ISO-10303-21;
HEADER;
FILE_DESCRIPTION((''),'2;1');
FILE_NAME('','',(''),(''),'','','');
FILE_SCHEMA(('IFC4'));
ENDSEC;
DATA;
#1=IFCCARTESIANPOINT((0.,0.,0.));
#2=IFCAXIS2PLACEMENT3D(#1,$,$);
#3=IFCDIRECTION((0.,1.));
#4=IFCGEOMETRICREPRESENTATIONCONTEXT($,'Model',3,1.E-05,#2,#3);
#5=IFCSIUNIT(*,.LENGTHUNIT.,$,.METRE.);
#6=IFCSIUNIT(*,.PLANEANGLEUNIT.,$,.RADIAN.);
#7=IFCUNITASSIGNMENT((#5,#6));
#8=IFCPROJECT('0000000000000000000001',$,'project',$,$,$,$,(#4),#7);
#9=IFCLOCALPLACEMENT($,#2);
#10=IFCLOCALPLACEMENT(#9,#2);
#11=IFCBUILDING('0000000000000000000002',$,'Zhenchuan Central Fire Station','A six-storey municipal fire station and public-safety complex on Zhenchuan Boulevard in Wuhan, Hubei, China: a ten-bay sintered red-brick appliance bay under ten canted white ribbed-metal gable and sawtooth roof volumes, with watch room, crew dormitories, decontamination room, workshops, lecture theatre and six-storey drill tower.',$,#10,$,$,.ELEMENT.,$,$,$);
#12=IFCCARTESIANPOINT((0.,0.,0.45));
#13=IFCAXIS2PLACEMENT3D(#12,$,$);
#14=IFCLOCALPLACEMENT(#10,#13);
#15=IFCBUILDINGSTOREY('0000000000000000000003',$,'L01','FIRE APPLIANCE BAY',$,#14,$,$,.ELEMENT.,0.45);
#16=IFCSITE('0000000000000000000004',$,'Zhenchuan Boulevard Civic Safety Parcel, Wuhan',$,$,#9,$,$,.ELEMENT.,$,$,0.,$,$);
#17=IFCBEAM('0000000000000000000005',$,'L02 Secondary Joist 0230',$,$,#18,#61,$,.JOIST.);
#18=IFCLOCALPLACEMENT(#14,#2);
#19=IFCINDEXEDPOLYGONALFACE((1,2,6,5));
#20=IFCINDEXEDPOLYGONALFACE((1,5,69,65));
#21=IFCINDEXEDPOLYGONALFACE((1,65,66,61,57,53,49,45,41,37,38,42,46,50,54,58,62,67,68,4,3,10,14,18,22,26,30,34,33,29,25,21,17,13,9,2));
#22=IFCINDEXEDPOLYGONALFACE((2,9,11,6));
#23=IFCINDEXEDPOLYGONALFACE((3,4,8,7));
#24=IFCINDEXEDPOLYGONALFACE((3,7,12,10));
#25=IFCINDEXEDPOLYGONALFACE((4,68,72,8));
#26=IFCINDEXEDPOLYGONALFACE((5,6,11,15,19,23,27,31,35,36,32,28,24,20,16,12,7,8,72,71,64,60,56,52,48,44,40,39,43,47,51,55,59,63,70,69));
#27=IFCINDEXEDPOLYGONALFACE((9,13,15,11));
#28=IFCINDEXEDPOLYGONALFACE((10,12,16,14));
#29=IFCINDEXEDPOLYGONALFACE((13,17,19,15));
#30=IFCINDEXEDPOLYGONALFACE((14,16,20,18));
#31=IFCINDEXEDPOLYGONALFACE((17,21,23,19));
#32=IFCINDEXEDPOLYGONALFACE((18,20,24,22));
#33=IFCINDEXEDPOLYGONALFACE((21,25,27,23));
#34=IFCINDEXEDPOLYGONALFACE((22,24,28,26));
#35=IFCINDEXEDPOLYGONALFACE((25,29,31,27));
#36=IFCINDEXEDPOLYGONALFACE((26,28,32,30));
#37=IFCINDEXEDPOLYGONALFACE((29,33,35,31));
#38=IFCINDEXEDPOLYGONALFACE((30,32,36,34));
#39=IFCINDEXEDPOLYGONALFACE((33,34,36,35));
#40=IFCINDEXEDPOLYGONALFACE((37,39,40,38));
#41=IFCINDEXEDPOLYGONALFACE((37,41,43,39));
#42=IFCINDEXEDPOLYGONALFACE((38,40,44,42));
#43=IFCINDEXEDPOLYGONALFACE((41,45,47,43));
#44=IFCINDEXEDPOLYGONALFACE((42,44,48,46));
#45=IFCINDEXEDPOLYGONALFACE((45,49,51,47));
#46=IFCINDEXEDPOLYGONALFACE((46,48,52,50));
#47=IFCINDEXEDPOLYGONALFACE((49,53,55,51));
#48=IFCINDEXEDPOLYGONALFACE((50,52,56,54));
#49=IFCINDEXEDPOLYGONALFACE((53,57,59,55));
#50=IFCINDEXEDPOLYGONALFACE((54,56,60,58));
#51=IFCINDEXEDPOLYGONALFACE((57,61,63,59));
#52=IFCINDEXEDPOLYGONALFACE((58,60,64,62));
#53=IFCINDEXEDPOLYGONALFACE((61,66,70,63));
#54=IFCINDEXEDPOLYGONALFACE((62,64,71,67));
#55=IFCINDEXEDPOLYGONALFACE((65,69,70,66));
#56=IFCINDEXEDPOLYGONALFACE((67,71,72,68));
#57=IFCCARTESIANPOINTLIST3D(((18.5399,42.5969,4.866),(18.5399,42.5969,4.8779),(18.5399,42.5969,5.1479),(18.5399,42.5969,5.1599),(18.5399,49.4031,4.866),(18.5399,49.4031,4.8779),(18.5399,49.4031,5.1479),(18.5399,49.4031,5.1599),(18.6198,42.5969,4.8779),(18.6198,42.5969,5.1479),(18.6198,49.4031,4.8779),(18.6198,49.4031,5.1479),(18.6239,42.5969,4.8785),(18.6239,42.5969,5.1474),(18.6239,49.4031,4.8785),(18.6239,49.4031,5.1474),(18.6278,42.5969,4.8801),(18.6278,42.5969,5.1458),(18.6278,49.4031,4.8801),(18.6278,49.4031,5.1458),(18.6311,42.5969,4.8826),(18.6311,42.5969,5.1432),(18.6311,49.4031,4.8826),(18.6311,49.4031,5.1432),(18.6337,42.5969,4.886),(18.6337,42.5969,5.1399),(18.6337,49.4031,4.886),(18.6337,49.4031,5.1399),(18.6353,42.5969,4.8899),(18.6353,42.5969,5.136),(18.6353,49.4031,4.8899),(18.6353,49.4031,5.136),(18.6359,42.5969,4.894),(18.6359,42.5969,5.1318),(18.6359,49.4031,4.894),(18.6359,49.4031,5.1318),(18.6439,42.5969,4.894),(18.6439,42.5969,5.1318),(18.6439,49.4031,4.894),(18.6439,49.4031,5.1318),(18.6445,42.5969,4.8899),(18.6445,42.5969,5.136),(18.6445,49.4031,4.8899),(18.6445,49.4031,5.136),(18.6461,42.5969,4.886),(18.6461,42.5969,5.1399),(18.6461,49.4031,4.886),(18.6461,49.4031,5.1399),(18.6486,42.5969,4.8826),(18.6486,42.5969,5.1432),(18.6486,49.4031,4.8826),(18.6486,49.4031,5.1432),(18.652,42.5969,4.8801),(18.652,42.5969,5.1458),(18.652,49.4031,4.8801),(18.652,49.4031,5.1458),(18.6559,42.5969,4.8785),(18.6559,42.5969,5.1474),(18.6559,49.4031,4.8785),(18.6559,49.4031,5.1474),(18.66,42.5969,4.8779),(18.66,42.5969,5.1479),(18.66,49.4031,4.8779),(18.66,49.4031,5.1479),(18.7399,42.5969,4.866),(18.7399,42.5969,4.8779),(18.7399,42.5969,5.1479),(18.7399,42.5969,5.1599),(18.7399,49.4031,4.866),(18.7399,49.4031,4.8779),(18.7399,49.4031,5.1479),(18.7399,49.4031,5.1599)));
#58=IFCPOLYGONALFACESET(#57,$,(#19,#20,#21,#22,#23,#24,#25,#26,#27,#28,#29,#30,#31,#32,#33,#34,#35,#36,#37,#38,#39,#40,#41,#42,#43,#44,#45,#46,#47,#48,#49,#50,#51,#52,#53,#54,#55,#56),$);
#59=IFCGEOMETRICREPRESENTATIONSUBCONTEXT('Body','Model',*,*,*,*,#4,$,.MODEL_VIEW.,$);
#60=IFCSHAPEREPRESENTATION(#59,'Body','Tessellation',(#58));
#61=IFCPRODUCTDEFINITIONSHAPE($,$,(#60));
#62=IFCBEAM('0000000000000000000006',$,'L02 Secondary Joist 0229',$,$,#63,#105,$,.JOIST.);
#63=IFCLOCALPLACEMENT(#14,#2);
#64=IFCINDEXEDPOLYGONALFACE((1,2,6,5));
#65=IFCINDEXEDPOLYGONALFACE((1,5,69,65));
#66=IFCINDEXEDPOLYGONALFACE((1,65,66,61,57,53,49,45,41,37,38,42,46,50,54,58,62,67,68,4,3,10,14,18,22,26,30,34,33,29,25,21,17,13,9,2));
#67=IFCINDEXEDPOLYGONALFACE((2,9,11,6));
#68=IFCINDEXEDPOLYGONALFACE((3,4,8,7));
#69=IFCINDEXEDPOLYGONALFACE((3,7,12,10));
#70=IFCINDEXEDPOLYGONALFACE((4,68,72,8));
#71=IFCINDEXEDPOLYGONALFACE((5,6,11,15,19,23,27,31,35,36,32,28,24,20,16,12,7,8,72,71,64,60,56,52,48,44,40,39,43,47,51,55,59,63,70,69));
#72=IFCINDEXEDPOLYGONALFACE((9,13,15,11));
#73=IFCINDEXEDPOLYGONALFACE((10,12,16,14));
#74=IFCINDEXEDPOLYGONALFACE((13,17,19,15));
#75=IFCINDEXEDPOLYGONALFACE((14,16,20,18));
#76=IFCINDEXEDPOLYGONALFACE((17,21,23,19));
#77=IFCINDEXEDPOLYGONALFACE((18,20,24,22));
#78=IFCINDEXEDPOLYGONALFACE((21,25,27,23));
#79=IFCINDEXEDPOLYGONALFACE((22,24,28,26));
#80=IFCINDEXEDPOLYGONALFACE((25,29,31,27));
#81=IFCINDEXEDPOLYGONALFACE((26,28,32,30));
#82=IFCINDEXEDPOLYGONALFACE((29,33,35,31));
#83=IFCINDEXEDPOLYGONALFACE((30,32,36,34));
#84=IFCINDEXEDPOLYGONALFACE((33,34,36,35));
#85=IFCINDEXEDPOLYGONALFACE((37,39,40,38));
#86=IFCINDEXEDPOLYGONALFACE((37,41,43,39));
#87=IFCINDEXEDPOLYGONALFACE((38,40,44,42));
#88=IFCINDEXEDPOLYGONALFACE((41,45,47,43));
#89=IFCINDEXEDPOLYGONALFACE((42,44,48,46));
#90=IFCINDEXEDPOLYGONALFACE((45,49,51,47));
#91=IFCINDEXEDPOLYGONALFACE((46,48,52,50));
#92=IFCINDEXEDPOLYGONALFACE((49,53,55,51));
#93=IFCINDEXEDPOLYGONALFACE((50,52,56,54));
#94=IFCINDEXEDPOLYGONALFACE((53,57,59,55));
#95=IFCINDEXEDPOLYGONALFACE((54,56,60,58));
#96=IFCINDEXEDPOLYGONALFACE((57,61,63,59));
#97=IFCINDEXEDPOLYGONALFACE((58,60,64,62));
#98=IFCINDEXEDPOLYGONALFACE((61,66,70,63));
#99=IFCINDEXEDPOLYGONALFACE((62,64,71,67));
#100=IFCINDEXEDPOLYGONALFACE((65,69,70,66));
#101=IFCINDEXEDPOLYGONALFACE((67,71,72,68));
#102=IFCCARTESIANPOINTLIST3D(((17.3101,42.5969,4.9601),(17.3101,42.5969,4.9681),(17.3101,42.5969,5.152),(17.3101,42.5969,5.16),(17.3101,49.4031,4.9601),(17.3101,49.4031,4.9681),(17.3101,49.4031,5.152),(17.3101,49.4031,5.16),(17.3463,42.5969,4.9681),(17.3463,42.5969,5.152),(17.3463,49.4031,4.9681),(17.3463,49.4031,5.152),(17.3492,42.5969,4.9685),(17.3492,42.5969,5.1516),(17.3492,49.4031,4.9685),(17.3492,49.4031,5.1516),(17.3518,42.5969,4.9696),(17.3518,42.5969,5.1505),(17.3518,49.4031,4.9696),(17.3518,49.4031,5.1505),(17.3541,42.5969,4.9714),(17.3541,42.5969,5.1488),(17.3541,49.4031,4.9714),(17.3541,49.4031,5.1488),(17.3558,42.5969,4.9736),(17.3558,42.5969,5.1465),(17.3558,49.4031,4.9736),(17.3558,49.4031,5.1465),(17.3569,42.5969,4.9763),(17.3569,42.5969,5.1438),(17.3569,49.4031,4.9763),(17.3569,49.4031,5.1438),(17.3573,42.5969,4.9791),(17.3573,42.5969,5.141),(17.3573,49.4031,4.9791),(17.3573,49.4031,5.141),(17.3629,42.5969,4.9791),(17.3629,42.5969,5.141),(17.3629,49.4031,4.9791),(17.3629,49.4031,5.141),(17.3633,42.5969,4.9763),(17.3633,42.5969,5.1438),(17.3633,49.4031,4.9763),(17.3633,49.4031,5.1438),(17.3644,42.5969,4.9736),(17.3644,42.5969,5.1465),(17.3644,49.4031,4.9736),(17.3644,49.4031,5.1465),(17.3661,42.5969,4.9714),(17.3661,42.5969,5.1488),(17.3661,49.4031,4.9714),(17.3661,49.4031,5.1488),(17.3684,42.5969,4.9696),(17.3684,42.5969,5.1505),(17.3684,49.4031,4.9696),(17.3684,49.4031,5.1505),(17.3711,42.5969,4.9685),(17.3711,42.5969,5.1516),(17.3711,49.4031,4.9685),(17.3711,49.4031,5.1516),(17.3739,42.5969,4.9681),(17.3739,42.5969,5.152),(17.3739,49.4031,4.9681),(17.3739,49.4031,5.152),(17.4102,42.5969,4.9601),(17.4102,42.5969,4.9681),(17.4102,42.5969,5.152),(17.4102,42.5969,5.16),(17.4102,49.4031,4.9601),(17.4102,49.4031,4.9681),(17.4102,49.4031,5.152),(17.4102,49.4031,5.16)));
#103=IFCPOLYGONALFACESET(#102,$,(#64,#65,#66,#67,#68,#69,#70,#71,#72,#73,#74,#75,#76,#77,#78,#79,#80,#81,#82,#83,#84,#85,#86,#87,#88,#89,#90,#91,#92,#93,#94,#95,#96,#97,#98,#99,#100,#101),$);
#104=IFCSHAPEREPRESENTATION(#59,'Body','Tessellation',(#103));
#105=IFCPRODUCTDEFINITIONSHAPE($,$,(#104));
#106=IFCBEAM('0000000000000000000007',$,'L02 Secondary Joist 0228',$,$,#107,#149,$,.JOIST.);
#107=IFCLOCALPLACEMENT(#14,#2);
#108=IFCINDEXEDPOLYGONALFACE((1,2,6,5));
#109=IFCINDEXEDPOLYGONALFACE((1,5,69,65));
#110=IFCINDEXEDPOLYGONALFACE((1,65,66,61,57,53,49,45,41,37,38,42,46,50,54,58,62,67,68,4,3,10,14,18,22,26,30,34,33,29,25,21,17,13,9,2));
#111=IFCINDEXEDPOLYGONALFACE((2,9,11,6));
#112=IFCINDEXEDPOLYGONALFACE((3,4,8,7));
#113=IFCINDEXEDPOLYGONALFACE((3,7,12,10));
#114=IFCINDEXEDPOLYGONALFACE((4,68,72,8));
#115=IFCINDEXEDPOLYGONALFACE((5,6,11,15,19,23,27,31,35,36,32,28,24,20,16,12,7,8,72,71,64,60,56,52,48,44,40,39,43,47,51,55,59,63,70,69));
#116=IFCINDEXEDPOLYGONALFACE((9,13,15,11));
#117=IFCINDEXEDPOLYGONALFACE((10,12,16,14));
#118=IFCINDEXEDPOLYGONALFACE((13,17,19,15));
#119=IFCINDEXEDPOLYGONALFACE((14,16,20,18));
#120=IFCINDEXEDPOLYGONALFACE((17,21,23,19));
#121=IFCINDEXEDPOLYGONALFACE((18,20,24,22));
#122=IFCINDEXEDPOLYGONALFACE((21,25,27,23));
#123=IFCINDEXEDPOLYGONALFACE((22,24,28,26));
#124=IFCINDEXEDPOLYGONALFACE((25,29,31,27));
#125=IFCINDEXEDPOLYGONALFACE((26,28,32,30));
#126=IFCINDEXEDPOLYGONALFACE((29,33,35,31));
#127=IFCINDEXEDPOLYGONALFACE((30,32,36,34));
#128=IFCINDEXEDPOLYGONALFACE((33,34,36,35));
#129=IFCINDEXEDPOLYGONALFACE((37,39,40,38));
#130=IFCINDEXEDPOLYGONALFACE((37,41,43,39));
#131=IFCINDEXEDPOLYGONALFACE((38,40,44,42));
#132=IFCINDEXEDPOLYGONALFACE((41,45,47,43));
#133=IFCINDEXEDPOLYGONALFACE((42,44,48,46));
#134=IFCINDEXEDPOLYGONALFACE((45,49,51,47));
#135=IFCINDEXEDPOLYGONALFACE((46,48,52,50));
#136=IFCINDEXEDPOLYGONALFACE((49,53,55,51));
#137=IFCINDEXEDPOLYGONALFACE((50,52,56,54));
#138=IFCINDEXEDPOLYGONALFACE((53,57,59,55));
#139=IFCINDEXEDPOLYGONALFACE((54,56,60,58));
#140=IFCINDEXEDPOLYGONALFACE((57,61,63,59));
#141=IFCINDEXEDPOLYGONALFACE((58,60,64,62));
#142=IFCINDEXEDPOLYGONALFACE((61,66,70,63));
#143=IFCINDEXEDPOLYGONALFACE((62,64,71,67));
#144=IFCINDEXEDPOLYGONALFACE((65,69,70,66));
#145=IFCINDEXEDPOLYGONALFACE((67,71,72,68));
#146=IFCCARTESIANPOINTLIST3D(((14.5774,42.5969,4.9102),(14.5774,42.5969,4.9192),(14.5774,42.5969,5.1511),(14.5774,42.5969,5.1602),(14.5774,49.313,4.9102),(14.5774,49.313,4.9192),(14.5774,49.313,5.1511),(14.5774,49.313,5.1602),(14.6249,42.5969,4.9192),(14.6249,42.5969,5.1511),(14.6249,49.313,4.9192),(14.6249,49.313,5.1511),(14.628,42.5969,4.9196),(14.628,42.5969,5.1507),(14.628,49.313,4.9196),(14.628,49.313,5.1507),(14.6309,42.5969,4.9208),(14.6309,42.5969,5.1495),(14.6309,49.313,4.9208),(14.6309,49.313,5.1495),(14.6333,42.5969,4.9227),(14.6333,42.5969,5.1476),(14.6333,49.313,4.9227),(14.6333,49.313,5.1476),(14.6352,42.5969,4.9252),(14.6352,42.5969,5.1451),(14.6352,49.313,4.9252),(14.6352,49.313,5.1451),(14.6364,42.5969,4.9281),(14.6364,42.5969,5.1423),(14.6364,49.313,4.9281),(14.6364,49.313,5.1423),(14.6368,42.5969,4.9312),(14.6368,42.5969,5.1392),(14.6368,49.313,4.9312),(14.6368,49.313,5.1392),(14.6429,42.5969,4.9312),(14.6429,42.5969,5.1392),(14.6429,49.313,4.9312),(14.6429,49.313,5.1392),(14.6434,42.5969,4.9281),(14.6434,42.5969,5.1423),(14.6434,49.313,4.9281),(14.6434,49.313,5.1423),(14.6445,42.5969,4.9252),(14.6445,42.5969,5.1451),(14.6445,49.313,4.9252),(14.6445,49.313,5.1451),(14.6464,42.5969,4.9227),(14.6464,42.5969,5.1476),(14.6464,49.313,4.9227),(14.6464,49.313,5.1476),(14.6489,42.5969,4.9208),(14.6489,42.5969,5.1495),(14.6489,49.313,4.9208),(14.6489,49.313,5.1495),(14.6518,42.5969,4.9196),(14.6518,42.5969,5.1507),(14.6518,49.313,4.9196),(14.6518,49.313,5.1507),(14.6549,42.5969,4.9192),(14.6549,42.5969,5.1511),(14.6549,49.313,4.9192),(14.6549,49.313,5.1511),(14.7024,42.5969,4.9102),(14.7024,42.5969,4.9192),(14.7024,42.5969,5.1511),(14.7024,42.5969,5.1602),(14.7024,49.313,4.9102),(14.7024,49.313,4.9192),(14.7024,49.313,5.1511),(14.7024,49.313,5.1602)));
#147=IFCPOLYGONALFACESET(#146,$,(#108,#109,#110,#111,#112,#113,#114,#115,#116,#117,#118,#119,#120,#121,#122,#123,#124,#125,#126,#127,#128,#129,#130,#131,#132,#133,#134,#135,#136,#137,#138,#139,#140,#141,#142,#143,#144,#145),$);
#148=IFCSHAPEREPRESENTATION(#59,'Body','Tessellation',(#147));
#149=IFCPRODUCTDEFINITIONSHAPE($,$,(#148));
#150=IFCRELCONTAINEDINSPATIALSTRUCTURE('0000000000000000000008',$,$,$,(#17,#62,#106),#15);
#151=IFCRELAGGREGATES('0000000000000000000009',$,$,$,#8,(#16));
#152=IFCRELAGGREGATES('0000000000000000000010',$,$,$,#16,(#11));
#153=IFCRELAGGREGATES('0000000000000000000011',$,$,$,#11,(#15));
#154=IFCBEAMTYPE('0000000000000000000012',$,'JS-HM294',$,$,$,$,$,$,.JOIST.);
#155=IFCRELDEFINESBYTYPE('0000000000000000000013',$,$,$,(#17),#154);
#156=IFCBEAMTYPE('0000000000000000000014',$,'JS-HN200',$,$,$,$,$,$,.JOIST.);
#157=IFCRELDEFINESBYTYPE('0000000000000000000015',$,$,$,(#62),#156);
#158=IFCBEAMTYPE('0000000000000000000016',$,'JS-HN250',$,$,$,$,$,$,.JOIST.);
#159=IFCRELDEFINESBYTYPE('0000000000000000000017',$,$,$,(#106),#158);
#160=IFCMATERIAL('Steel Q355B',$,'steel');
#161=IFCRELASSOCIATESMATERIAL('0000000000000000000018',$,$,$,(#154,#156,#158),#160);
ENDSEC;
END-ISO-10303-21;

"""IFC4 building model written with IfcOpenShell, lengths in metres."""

from ifc_helpers import new_model, si_unit, direction, frame, origin, origin_2d, place, context, subcontext, project, spatial, i_section, extrude, material, material_profile, profile_set, type_object, element, save


model = new_model("IFC4")

# Units and contexts
model_context = context("Model", 3, precision=1e-05, world=origin(), true_north=direction((0.0, 1.0)))
body_context = subcontext(model_context, "Body", "Model", "MODEL_VIEW")
ifc_project = project(units=[si_unit("LENGTHUNIT", "METRE"), si_unit("PLANEANGLEUNIT", "RADIAN")], contexts=[model_context])

# Site, building, storey
site_placement = place(None, origin())
site = spatial("IfcSite", under=ifc_project, at=site_placement, Name="Zhenchuan Boulevard Civic Safety Parcel, Wuhan", CompositionType="ELEMENT", RefElevation=0.0)
building_placement = place(site_placement, origin())
building = spatial("IfcBuilding", under=site, at=building_placement, Name="Zhenchuan Central Fire Station", Description="A six-storey municipal fire station and public-safety complex on Zhenchuan Boulevard in Wuhan, Hubei, China: a ten-bay sintered red-brick appliance bay under ten canted white ribbed-metal gable and sawtooth roof volumes, with watch room, crew dormitories, decontamination room, workshops, lecture theatre and six-storey drill tower.", CompositionType="ELEMENT")
storey_placement = place(building_placement, frame((0.0, 0.0, 0.45)))
storey = spatial("IfcBuildingStorey", under=building, at=storey_placement, Name="L01", Description="FIRE APPLIANCE BAY", CompositionType="ELEMENT", Elevation=0.45)

# Shared definitions
ifc_material_1 = material(Name="Steel Q355B", Category="steel")

# Beams
ifc_material_profile_1 = material_profile(ifc_material_1, i_section(OverallWidth=0.2, OverallDepth=0.2939, WebThickness=0.0081, FlangeThickness=0.012, FilletRadius=0.0161, at=origin_2d()), Name="HM 294x200")
ifc_profile_set_1 = profile_set([ifc_material_profile_1], Name="Steel Q355B")
beam_type_1 = type_object("IfcBeamType", Name="JS-HM294", PredefinedType="JOIST", material=ifc_profile_set_1)
beam_1_placement = place(storey_placement, frame((18.6399, 42.5969, 5.0129), z_axis=(0.0, 1.0, 0.0), x_axis=(-1.0, 0.0, 0.0)))
element("IfcBeam", 1, at=beam_1_placement, inside=storey, type_object=beam_type_1, Name="L02 Secondary Joist 0230", PredefinedType="JOIST", context=body_context, shape_type="SweptSolid", body=[
    extrude(i_section(OverallWidth=0.2, OverallDepth=0.2939, WebThickness=0.0081, FlangeThickness=0.012, FilletRadius=0.0161, at=origin_2d()), origin(), (0.0, 0.0, 1.0), 6.8062),
])
ifc_material_profile_2 = material_profile(ifc_material_1, i_section(OverallWidth=0.1001, OverallDepth=0.2, WebThickness=0.0056, FlangeThickness=0.0081, FilletRadius=0.011, at=origin_2d()), Name="HN 200x100")
ifc_profile_set_2 = profile_set([ifc_material_profile_2], Name="Steel Q355B")
beam_type_2 = type_object("IfcBeamType", Name="JS-HN200", PredefinedType="JOIST", material=ifc_profile_set_2)
beam_2_placement = place(storey_placement, frame((17.3601, 42.5969, 5.0601), z_axis=(0.0, 1.0, 0.0), x_axis=(-1.0, 0.0, 0.0)))
element("IfcBeam", 2, at=beam_2_placement, inside=storey, type_object=beam_type_2, Name="L02 Secondary Joist 0229", PredefinedType="JOIST", context=body_context, shape_type="SweptSolid", body=[
    extrude(i_section(OverallWidth=0.1001, OverallDepth=0.2, WebThickness=0.0056, FlangeThickness=0.0081, FilletRadius=0.011, at=origin_2d()), origin(), (0.0, 0.0, 1.0), 6.8062),
])
ifc_material_profile_3 = material_profile(ifc_material_1, i_section(OverallWidth=0.125, OverallDepth=0.25, WebThickness=0.0061, FlangeThickness=0.009, FilletRadius=0.012, at=origin_2d()), Name="HN 250x125")
ifc_profile_set_3 = profile_set([ifc_material_profile_3], Name="Steel Q355B")
beam_type_3 = type_object("IfcBeamType", Name="JS-HN250", PredefinedType="JOIST", material=ifc_profile_set_3)
beam_3_placement = place(storey_placement, frame((14.6399, 42.5969, 5.0352), z_axis=(0.0, 1.0, 0.0), x_axis=(-1.0, 0.0, 0.0)))
element("IfcBeam", 3, at=beam_3_placement, inside=storey, type_object=beam_type_3, Name="L02 Secondary Joist 0228", PredefinedType="JOIST", context=body_context, shape_type="SweptSolid", body=[
    extrude(i_section(OverallWidth=0.125, OverallDepth=0.25, WebThickness=0.0061, FlangeThickness=0.009, FilletRadius=0.012, at=origin_2d()), origin(), (0.0, 0.0, 1.0), 6.7161),
])

save(model, "model.ifc")
